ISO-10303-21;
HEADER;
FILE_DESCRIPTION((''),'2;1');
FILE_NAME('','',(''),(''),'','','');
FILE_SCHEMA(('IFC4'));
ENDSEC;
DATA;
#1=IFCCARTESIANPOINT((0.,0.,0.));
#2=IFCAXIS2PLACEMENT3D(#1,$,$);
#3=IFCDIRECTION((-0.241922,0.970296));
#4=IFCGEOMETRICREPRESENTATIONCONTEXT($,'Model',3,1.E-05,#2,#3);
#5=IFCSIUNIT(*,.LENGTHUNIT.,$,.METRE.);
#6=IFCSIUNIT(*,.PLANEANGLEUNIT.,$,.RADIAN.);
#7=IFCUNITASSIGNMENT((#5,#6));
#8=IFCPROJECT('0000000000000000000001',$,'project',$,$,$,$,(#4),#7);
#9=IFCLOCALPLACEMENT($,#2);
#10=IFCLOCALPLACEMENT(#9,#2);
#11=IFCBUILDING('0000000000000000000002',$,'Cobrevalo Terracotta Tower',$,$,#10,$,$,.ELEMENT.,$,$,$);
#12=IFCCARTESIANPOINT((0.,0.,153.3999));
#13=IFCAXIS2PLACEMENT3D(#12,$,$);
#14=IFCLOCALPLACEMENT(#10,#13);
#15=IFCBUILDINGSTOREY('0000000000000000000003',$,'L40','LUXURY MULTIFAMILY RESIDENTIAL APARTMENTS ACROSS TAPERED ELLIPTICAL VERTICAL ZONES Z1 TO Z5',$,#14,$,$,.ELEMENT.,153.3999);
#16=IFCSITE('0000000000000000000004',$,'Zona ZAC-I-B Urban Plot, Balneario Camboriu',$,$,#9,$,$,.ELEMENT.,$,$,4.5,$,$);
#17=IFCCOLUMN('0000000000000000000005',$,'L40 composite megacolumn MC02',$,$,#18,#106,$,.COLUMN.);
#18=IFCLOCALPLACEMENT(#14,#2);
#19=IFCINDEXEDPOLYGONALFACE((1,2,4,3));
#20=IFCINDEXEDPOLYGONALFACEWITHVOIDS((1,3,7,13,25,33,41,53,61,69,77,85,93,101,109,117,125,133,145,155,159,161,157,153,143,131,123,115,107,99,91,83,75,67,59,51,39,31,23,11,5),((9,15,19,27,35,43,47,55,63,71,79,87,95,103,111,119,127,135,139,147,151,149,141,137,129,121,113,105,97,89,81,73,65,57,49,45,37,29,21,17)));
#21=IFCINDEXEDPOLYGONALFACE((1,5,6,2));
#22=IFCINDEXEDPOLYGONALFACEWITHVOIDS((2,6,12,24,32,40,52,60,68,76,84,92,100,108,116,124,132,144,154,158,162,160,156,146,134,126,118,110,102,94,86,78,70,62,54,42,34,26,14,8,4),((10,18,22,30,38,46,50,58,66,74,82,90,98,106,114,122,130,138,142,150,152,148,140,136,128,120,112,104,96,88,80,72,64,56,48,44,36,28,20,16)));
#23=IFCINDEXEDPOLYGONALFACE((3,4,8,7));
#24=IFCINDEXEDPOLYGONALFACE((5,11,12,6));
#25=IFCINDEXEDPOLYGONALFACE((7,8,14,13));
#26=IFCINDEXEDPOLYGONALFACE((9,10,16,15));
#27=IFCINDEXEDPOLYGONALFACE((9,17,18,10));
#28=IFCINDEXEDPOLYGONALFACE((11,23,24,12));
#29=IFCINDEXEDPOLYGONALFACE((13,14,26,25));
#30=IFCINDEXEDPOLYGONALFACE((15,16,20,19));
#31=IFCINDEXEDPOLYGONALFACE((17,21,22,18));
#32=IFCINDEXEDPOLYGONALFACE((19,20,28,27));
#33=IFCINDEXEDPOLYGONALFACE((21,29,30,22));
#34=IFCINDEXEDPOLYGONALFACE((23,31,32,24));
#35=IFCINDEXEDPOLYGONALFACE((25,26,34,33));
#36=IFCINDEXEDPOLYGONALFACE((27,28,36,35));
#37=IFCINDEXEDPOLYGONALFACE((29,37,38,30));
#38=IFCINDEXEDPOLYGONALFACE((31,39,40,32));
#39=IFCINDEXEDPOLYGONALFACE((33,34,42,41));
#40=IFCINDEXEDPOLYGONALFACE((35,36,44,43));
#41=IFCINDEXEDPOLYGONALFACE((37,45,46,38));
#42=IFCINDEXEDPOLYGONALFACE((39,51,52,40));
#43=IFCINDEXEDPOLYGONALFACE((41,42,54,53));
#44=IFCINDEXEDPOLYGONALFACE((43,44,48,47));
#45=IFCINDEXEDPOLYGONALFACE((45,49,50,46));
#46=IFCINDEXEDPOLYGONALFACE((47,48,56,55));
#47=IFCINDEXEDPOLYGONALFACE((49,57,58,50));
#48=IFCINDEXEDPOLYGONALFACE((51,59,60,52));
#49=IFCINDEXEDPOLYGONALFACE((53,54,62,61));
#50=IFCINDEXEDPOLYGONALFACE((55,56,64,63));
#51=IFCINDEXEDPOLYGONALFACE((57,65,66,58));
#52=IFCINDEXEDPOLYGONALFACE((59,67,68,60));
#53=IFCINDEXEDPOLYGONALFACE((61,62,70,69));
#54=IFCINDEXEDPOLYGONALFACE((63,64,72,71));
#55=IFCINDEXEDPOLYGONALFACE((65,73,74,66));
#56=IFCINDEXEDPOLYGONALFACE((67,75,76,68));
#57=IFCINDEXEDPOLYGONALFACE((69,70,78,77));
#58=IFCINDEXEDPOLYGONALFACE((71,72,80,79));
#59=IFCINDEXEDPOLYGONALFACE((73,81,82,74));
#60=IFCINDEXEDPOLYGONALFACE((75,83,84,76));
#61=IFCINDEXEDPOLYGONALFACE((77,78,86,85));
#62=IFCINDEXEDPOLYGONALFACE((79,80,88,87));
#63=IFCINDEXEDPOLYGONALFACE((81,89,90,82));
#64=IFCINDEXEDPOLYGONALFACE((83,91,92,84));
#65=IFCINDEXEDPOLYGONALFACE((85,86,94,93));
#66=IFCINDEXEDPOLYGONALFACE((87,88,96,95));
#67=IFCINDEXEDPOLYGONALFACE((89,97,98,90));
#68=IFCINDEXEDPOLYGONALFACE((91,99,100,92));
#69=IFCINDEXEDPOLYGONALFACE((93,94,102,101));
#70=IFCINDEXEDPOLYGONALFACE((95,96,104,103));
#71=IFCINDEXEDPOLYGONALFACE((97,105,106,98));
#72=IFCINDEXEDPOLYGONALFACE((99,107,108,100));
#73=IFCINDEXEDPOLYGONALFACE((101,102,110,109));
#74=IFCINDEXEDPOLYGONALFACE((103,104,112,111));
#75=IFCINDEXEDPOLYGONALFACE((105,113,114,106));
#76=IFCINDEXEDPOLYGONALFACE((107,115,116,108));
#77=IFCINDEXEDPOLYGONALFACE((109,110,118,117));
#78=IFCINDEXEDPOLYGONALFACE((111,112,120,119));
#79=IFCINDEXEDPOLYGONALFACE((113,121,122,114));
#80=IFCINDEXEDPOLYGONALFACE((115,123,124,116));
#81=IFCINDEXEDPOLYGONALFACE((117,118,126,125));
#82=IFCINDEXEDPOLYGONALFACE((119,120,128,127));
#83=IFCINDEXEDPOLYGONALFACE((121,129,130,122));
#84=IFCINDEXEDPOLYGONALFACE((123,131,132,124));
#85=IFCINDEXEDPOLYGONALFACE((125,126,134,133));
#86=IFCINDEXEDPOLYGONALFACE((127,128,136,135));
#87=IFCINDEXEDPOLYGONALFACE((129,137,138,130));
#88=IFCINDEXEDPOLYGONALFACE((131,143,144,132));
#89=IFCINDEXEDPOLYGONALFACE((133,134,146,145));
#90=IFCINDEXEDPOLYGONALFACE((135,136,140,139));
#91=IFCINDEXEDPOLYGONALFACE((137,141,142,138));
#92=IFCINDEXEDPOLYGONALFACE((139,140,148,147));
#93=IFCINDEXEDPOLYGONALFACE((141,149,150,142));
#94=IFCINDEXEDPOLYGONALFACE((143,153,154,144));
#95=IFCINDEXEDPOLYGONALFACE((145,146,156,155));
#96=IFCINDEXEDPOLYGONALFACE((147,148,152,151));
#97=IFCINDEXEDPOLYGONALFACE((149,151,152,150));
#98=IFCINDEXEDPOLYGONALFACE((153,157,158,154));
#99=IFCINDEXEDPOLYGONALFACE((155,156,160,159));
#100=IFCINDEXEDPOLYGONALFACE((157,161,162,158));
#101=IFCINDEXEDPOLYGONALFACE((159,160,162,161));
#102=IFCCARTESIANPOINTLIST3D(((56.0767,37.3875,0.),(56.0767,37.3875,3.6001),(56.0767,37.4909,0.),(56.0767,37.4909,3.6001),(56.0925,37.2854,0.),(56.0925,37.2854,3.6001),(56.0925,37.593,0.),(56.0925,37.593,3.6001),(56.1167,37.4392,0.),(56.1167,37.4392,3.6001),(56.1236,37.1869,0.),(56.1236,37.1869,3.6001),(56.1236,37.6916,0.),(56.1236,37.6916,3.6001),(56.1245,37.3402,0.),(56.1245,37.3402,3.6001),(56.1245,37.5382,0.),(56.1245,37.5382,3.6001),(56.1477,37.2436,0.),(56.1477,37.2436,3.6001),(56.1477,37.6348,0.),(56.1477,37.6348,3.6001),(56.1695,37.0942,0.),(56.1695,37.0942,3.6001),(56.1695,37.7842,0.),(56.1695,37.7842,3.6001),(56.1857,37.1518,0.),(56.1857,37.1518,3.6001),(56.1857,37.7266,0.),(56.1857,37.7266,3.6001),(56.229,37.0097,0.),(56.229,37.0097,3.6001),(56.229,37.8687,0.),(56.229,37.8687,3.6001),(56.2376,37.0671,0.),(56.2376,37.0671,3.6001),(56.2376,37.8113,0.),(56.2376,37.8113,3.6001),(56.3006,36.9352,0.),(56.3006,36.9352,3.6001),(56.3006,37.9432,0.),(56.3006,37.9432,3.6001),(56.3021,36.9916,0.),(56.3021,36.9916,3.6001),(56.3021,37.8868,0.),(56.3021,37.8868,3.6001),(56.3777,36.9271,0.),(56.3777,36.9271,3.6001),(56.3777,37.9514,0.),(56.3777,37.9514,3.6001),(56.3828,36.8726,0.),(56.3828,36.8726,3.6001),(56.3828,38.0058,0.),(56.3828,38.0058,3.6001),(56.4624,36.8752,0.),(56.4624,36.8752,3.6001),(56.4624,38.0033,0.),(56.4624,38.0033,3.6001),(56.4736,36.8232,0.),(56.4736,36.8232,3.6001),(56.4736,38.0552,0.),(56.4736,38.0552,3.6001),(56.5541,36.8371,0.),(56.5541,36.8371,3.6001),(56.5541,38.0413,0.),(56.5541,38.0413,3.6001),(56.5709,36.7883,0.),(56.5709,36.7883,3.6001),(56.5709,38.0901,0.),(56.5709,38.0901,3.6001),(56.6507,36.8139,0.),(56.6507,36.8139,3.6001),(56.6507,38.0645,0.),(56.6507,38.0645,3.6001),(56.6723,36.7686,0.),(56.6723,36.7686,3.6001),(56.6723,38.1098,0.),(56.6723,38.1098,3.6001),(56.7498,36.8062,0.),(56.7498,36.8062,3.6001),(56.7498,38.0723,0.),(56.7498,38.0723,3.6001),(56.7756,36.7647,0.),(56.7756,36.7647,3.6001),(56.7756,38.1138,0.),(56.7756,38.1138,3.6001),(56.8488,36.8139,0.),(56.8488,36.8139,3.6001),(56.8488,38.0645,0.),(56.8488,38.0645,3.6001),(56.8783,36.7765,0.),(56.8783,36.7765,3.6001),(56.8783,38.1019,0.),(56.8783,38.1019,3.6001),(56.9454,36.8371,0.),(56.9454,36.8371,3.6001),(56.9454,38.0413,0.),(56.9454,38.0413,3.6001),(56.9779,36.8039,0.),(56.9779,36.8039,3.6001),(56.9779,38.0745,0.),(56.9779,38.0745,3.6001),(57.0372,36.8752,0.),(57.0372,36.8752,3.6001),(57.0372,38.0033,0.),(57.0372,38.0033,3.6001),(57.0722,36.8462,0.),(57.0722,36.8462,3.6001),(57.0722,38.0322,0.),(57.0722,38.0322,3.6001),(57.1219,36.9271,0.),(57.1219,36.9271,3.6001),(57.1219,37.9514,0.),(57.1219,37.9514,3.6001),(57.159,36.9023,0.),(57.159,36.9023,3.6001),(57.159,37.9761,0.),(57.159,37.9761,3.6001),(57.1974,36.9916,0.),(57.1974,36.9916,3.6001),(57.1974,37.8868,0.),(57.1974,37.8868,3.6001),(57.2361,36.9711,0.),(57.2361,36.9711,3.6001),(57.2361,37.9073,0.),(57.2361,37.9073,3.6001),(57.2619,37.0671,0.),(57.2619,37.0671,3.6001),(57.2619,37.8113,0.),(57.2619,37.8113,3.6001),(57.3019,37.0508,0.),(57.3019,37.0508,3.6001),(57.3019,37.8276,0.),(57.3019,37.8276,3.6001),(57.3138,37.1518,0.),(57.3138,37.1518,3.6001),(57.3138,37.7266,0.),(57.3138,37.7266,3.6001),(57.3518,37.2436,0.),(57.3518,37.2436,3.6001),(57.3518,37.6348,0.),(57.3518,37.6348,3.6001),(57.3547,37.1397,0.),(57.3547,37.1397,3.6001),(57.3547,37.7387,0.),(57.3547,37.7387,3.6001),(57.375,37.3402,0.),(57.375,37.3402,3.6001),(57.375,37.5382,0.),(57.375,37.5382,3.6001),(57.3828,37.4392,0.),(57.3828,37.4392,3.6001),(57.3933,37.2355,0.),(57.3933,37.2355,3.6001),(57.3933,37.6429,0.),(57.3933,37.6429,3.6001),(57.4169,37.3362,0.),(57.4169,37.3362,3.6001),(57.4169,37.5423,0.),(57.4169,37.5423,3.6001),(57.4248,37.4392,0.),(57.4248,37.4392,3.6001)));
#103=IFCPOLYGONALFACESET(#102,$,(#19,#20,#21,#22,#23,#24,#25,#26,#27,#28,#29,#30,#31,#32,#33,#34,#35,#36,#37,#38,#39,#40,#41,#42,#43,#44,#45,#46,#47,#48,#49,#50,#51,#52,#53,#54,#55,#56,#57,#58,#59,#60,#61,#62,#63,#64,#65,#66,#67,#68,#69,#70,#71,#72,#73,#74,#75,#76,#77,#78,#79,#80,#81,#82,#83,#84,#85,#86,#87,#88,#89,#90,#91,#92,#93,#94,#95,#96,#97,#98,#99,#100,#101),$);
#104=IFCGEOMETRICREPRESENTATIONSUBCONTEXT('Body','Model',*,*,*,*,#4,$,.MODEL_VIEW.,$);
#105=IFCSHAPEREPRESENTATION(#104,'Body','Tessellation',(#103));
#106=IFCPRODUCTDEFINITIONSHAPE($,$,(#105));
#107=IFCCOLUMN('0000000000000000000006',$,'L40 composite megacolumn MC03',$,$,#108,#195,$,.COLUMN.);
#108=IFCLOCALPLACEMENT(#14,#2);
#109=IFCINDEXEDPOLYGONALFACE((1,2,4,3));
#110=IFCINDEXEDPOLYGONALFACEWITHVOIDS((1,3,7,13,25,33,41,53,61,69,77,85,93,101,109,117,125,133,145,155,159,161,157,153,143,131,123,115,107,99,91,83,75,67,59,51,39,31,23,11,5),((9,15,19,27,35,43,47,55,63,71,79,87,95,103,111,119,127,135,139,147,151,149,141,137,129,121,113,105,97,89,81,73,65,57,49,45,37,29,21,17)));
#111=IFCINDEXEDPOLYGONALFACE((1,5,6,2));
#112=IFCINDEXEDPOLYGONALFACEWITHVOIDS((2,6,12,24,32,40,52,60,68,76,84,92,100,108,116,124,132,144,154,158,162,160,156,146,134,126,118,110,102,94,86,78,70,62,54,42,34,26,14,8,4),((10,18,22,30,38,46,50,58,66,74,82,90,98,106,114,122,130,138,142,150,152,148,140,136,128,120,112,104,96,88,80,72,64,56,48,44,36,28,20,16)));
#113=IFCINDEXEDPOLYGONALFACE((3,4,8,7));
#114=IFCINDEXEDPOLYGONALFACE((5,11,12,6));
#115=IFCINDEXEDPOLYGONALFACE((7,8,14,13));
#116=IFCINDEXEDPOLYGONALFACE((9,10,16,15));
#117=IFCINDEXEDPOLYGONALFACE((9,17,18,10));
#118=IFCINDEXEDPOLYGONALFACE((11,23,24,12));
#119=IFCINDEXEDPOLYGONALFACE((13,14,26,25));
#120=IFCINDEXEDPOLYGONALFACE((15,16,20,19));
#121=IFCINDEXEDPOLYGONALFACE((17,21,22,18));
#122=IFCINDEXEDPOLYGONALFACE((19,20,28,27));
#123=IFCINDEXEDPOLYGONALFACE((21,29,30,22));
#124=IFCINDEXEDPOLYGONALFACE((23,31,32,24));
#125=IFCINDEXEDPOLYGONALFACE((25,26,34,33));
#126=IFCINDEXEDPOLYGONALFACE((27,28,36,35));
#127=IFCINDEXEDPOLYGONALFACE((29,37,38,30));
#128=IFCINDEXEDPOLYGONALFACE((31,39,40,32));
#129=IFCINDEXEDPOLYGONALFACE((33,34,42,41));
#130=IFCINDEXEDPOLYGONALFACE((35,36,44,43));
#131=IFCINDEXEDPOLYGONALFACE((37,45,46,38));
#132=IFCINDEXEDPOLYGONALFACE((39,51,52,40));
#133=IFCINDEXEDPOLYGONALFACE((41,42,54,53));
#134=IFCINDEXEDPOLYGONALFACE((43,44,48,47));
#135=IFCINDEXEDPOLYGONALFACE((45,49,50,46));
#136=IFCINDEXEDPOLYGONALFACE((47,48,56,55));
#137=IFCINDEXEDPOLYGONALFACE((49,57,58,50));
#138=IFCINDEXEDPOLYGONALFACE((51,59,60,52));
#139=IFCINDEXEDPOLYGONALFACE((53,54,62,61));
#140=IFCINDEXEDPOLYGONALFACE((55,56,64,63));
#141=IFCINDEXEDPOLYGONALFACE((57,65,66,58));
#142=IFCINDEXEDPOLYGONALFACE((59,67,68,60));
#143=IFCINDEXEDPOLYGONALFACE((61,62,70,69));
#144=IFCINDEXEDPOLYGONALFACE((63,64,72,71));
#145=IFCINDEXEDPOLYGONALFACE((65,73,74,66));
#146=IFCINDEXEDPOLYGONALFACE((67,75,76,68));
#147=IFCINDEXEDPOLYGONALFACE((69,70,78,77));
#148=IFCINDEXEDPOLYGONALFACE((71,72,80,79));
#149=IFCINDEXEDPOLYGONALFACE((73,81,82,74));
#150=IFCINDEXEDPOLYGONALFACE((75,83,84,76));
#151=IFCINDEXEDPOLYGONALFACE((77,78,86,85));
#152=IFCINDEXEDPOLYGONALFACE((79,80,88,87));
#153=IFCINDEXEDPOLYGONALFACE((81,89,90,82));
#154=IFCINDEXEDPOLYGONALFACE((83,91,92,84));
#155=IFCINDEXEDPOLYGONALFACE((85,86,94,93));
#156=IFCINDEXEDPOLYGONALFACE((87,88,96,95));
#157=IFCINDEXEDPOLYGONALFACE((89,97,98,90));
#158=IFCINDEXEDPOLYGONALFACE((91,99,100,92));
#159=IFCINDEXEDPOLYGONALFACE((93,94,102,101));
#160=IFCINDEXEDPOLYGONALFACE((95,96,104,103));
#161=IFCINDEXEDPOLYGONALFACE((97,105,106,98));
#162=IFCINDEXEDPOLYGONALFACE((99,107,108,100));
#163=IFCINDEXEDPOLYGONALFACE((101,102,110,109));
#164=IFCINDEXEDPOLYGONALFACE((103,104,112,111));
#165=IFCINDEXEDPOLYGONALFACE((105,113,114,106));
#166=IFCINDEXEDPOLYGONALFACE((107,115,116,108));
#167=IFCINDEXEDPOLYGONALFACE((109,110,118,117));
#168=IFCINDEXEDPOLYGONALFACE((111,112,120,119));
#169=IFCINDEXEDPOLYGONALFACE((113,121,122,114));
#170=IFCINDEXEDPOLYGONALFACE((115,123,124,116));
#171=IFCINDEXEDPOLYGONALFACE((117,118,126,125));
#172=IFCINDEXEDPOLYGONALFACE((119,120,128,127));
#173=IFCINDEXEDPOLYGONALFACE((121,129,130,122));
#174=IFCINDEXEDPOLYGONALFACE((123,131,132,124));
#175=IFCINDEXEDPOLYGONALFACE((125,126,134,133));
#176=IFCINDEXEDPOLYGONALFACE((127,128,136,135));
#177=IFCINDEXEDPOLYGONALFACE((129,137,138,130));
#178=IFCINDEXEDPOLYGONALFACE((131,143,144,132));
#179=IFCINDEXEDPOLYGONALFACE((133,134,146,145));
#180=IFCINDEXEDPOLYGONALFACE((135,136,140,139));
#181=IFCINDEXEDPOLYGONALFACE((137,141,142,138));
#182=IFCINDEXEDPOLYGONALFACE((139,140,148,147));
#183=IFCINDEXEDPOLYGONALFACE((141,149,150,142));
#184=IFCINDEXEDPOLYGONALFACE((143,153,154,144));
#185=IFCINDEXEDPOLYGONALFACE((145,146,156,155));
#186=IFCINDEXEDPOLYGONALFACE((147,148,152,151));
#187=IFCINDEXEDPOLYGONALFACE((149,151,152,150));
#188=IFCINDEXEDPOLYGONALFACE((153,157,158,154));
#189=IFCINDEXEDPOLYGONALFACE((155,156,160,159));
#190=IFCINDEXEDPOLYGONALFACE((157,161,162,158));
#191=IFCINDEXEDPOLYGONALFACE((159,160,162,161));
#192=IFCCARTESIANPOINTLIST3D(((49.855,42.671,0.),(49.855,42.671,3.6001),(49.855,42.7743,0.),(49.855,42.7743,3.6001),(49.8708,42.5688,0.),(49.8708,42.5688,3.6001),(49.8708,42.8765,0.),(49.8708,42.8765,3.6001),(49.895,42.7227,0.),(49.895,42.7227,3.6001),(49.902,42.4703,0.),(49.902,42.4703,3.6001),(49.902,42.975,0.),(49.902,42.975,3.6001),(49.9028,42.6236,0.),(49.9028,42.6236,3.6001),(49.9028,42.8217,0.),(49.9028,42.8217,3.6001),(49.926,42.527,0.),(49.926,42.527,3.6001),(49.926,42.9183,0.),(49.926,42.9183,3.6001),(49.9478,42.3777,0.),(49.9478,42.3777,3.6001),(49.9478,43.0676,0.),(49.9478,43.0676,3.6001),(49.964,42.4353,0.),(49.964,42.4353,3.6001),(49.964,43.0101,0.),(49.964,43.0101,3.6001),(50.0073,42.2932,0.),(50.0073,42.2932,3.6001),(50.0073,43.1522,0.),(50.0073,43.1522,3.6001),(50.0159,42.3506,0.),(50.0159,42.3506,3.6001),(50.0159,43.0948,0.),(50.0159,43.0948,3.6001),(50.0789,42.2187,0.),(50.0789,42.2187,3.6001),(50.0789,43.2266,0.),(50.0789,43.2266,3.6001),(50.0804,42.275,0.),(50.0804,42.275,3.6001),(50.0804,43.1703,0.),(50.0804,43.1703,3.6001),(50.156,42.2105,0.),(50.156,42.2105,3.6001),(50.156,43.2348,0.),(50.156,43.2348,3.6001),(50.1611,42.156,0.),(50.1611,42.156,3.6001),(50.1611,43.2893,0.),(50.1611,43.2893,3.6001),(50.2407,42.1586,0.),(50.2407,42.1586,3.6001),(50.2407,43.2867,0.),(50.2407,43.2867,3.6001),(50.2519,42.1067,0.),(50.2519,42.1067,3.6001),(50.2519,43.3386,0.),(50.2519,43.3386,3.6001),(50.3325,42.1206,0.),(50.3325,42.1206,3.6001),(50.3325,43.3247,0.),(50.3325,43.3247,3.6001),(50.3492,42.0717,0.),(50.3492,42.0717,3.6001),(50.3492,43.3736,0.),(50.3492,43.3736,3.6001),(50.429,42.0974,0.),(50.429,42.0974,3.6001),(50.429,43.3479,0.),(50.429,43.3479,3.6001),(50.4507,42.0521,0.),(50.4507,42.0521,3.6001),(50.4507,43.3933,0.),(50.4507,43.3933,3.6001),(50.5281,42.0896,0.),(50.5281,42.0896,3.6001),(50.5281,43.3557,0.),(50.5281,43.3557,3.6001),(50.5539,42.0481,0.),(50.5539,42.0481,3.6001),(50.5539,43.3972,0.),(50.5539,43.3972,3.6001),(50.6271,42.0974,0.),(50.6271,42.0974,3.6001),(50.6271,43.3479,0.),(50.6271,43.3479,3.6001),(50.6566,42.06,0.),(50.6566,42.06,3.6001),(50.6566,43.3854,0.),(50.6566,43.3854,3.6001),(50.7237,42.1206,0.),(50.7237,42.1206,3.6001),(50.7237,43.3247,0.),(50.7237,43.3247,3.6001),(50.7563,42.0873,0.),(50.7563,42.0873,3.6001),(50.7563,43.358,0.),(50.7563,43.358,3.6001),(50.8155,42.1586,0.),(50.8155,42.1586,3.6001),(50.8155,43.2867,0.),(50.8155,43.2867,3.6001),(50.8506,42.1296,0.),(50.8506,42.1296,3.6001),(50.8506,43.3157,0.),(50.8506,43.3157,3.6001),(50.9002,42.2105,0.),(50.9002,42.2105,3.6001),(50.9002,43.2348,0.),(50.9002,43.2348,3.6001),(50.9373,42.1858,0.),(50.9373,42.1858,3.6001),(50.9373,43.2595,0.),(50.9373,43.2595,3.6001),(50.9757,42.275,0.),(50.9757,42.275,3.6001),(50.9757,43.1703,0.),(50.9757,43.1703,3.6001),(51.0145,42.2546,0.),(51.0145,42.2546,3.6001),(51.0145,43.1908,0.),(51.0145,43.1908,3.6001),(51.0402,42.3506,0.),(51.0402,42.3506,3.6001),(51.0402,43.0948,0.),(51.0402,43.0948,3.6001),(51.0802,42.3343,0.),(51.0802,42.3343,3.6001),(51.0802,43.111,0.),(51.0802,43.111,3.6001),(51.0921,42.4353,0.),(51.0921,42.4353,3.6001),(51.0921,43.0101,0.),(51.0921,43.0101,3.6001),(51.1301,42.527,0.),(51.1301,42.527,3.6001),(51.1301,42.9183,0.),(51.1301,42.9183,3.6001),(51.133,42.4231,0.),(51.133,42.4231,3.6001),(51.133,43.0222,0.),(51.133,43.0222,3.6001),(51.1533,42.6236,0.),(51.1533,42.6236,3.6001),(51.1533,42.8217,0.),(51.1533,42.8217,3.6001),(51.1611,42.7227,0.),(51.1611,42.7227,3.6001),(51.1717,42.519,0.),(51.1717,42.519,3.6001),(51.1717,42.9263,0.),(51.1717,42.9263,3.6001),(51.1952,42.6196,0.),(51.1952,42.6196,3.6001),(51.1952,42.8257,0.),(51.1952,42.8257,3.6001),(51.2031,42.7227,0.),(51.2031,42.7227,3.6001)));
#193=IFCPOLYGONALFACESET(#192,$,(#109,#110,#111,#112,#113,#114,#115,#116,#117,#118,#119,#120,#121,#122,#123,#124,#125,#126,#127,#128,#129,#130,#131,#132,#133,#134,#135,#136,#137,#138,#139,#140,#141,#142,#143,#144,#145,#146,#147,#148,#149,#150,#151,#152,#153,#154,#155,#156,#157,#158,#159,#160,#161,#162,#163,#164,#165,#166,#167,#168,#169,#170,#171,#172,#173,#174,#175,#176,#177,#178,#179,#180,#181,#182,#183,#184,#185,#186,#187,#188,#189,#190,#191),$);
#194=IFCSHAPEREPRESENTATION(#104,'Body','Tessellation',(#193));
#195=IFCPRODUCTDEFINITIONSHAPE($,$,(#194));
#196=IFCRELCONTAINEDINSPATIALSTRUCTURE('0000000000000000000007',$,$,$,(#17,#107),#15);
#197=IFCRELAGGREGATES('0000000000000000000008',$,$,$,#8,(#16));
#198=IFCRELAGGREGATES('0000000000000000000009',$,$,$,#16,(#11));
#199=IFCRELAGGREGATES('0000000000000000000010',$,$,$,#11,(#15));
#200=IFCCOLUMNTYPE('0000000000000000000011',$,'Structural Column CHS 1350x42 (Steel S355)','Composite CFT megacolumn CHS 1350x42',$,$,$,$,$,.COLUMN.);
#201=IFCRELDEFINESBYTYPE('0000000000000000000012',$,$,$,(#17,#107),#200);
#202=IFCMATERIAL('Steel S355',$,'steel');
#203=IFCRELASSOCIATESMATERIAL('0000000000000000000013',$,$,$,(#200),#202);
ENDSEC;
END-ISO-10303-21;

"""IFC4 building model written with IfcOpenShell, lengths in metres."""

from ifc_helpers import new_model, si_unit, direction, frame, origin, origin_2d, place, context, subcontext, project, spatial, hollow_circle, extrude, material, material_profile, profile_set, type_object, element, save


model = new_model("IFC4")

# Units and contexts
model_context = context("Model", 3, precision=1e-05, world=origin(), true_north=direction((-0.241922, 0.970296)))
body_context = subcontext(model_context, "Body", "Model", "MODEL_VIEW")
ifc_project = project(units=[si_unit("LENGTHUNIT", "METRE"), si_unit("PLANEANGLEUNIT", "RADIAN")], contexts=[model_context])

# Site, building, storey
site_placement = place(None, origin())
site = spatial("IfcSite", under=ifc_project, at=site_placement, Name="Zona ZAC-I-B Urban Plot, Balneario Camboriu", CompositionType="ELEMENT", RefElevation=4.5)
building_placement = place(site_placement, origin())
building = spatial("IfcBuilding", under=site, at=building_placement, Name="Cobrevalo Terracotta Tower", CompositionType="ELEMENT")
storey_placement = place(building_placement, frame((0.0, 0.0, 153.3999)))
storey = spatial("IfcBuildingStorey", under=building, at=storey_placement, Name="L40", Description="LUXURY MULTIFAMILY RESIDENTIAL APARTMENTS ACROSS TAPERED ELLIPTICAL VERTICAL ZONES Z1 TO Z5", CompositionType="ELEMENT", Elevation=153.3999)

# Columns
ifc_material_1 = material(Name="Steel S355", Category="steel")
ifc_material_profile_1 = material_profile(ifc_material_1, hollow_circle(Radius=0.675, WallThickness=0.042, at=origin_2d()), Name="CHS 1350x42")
ifc_profile_set_1 = profile_set([ifc_material_profile_1], Name="Steel S355")
column_type = type_object("IfcColumnType", Name="Structural Column CHS 1350x42 (Steel S355)", Description="Composite CFT megacolumn CHS 1350x42", PredefinedType="COLUMN", material=ifc_profile_set_1)
for number, where, z_axis, x_axis, name in (
    (1, (56.7498, 37.4392, 0.0), (0.0, 0.0, 1.0), (1.0, 0.0, 0.0), "L40 composite megacolumn MC02"),
    (2, (50.5281, 42.7227, 0.0), (0.0, 0.0, 1.0), (1.0, 0.0, 0.0), "L40 composite megacolumn MC03"),
):
    element("IfcColumn", number, at=place(storey_placement, frame(where, z_axis=z_axis, x_axis=x_axis)), inside=storey, type_object=column_type, Name=name, PredefinedType="COLUMN", context=body_context, shape_type="SweptSolid", body=[
        extrude(hollow_circle(Radius=0.675, WallThickness=0.042, at=origin_2d()), origin(), (0.0, 0.0, 1.0), 3.6001),
    ])

save(model, "model.ifc")
